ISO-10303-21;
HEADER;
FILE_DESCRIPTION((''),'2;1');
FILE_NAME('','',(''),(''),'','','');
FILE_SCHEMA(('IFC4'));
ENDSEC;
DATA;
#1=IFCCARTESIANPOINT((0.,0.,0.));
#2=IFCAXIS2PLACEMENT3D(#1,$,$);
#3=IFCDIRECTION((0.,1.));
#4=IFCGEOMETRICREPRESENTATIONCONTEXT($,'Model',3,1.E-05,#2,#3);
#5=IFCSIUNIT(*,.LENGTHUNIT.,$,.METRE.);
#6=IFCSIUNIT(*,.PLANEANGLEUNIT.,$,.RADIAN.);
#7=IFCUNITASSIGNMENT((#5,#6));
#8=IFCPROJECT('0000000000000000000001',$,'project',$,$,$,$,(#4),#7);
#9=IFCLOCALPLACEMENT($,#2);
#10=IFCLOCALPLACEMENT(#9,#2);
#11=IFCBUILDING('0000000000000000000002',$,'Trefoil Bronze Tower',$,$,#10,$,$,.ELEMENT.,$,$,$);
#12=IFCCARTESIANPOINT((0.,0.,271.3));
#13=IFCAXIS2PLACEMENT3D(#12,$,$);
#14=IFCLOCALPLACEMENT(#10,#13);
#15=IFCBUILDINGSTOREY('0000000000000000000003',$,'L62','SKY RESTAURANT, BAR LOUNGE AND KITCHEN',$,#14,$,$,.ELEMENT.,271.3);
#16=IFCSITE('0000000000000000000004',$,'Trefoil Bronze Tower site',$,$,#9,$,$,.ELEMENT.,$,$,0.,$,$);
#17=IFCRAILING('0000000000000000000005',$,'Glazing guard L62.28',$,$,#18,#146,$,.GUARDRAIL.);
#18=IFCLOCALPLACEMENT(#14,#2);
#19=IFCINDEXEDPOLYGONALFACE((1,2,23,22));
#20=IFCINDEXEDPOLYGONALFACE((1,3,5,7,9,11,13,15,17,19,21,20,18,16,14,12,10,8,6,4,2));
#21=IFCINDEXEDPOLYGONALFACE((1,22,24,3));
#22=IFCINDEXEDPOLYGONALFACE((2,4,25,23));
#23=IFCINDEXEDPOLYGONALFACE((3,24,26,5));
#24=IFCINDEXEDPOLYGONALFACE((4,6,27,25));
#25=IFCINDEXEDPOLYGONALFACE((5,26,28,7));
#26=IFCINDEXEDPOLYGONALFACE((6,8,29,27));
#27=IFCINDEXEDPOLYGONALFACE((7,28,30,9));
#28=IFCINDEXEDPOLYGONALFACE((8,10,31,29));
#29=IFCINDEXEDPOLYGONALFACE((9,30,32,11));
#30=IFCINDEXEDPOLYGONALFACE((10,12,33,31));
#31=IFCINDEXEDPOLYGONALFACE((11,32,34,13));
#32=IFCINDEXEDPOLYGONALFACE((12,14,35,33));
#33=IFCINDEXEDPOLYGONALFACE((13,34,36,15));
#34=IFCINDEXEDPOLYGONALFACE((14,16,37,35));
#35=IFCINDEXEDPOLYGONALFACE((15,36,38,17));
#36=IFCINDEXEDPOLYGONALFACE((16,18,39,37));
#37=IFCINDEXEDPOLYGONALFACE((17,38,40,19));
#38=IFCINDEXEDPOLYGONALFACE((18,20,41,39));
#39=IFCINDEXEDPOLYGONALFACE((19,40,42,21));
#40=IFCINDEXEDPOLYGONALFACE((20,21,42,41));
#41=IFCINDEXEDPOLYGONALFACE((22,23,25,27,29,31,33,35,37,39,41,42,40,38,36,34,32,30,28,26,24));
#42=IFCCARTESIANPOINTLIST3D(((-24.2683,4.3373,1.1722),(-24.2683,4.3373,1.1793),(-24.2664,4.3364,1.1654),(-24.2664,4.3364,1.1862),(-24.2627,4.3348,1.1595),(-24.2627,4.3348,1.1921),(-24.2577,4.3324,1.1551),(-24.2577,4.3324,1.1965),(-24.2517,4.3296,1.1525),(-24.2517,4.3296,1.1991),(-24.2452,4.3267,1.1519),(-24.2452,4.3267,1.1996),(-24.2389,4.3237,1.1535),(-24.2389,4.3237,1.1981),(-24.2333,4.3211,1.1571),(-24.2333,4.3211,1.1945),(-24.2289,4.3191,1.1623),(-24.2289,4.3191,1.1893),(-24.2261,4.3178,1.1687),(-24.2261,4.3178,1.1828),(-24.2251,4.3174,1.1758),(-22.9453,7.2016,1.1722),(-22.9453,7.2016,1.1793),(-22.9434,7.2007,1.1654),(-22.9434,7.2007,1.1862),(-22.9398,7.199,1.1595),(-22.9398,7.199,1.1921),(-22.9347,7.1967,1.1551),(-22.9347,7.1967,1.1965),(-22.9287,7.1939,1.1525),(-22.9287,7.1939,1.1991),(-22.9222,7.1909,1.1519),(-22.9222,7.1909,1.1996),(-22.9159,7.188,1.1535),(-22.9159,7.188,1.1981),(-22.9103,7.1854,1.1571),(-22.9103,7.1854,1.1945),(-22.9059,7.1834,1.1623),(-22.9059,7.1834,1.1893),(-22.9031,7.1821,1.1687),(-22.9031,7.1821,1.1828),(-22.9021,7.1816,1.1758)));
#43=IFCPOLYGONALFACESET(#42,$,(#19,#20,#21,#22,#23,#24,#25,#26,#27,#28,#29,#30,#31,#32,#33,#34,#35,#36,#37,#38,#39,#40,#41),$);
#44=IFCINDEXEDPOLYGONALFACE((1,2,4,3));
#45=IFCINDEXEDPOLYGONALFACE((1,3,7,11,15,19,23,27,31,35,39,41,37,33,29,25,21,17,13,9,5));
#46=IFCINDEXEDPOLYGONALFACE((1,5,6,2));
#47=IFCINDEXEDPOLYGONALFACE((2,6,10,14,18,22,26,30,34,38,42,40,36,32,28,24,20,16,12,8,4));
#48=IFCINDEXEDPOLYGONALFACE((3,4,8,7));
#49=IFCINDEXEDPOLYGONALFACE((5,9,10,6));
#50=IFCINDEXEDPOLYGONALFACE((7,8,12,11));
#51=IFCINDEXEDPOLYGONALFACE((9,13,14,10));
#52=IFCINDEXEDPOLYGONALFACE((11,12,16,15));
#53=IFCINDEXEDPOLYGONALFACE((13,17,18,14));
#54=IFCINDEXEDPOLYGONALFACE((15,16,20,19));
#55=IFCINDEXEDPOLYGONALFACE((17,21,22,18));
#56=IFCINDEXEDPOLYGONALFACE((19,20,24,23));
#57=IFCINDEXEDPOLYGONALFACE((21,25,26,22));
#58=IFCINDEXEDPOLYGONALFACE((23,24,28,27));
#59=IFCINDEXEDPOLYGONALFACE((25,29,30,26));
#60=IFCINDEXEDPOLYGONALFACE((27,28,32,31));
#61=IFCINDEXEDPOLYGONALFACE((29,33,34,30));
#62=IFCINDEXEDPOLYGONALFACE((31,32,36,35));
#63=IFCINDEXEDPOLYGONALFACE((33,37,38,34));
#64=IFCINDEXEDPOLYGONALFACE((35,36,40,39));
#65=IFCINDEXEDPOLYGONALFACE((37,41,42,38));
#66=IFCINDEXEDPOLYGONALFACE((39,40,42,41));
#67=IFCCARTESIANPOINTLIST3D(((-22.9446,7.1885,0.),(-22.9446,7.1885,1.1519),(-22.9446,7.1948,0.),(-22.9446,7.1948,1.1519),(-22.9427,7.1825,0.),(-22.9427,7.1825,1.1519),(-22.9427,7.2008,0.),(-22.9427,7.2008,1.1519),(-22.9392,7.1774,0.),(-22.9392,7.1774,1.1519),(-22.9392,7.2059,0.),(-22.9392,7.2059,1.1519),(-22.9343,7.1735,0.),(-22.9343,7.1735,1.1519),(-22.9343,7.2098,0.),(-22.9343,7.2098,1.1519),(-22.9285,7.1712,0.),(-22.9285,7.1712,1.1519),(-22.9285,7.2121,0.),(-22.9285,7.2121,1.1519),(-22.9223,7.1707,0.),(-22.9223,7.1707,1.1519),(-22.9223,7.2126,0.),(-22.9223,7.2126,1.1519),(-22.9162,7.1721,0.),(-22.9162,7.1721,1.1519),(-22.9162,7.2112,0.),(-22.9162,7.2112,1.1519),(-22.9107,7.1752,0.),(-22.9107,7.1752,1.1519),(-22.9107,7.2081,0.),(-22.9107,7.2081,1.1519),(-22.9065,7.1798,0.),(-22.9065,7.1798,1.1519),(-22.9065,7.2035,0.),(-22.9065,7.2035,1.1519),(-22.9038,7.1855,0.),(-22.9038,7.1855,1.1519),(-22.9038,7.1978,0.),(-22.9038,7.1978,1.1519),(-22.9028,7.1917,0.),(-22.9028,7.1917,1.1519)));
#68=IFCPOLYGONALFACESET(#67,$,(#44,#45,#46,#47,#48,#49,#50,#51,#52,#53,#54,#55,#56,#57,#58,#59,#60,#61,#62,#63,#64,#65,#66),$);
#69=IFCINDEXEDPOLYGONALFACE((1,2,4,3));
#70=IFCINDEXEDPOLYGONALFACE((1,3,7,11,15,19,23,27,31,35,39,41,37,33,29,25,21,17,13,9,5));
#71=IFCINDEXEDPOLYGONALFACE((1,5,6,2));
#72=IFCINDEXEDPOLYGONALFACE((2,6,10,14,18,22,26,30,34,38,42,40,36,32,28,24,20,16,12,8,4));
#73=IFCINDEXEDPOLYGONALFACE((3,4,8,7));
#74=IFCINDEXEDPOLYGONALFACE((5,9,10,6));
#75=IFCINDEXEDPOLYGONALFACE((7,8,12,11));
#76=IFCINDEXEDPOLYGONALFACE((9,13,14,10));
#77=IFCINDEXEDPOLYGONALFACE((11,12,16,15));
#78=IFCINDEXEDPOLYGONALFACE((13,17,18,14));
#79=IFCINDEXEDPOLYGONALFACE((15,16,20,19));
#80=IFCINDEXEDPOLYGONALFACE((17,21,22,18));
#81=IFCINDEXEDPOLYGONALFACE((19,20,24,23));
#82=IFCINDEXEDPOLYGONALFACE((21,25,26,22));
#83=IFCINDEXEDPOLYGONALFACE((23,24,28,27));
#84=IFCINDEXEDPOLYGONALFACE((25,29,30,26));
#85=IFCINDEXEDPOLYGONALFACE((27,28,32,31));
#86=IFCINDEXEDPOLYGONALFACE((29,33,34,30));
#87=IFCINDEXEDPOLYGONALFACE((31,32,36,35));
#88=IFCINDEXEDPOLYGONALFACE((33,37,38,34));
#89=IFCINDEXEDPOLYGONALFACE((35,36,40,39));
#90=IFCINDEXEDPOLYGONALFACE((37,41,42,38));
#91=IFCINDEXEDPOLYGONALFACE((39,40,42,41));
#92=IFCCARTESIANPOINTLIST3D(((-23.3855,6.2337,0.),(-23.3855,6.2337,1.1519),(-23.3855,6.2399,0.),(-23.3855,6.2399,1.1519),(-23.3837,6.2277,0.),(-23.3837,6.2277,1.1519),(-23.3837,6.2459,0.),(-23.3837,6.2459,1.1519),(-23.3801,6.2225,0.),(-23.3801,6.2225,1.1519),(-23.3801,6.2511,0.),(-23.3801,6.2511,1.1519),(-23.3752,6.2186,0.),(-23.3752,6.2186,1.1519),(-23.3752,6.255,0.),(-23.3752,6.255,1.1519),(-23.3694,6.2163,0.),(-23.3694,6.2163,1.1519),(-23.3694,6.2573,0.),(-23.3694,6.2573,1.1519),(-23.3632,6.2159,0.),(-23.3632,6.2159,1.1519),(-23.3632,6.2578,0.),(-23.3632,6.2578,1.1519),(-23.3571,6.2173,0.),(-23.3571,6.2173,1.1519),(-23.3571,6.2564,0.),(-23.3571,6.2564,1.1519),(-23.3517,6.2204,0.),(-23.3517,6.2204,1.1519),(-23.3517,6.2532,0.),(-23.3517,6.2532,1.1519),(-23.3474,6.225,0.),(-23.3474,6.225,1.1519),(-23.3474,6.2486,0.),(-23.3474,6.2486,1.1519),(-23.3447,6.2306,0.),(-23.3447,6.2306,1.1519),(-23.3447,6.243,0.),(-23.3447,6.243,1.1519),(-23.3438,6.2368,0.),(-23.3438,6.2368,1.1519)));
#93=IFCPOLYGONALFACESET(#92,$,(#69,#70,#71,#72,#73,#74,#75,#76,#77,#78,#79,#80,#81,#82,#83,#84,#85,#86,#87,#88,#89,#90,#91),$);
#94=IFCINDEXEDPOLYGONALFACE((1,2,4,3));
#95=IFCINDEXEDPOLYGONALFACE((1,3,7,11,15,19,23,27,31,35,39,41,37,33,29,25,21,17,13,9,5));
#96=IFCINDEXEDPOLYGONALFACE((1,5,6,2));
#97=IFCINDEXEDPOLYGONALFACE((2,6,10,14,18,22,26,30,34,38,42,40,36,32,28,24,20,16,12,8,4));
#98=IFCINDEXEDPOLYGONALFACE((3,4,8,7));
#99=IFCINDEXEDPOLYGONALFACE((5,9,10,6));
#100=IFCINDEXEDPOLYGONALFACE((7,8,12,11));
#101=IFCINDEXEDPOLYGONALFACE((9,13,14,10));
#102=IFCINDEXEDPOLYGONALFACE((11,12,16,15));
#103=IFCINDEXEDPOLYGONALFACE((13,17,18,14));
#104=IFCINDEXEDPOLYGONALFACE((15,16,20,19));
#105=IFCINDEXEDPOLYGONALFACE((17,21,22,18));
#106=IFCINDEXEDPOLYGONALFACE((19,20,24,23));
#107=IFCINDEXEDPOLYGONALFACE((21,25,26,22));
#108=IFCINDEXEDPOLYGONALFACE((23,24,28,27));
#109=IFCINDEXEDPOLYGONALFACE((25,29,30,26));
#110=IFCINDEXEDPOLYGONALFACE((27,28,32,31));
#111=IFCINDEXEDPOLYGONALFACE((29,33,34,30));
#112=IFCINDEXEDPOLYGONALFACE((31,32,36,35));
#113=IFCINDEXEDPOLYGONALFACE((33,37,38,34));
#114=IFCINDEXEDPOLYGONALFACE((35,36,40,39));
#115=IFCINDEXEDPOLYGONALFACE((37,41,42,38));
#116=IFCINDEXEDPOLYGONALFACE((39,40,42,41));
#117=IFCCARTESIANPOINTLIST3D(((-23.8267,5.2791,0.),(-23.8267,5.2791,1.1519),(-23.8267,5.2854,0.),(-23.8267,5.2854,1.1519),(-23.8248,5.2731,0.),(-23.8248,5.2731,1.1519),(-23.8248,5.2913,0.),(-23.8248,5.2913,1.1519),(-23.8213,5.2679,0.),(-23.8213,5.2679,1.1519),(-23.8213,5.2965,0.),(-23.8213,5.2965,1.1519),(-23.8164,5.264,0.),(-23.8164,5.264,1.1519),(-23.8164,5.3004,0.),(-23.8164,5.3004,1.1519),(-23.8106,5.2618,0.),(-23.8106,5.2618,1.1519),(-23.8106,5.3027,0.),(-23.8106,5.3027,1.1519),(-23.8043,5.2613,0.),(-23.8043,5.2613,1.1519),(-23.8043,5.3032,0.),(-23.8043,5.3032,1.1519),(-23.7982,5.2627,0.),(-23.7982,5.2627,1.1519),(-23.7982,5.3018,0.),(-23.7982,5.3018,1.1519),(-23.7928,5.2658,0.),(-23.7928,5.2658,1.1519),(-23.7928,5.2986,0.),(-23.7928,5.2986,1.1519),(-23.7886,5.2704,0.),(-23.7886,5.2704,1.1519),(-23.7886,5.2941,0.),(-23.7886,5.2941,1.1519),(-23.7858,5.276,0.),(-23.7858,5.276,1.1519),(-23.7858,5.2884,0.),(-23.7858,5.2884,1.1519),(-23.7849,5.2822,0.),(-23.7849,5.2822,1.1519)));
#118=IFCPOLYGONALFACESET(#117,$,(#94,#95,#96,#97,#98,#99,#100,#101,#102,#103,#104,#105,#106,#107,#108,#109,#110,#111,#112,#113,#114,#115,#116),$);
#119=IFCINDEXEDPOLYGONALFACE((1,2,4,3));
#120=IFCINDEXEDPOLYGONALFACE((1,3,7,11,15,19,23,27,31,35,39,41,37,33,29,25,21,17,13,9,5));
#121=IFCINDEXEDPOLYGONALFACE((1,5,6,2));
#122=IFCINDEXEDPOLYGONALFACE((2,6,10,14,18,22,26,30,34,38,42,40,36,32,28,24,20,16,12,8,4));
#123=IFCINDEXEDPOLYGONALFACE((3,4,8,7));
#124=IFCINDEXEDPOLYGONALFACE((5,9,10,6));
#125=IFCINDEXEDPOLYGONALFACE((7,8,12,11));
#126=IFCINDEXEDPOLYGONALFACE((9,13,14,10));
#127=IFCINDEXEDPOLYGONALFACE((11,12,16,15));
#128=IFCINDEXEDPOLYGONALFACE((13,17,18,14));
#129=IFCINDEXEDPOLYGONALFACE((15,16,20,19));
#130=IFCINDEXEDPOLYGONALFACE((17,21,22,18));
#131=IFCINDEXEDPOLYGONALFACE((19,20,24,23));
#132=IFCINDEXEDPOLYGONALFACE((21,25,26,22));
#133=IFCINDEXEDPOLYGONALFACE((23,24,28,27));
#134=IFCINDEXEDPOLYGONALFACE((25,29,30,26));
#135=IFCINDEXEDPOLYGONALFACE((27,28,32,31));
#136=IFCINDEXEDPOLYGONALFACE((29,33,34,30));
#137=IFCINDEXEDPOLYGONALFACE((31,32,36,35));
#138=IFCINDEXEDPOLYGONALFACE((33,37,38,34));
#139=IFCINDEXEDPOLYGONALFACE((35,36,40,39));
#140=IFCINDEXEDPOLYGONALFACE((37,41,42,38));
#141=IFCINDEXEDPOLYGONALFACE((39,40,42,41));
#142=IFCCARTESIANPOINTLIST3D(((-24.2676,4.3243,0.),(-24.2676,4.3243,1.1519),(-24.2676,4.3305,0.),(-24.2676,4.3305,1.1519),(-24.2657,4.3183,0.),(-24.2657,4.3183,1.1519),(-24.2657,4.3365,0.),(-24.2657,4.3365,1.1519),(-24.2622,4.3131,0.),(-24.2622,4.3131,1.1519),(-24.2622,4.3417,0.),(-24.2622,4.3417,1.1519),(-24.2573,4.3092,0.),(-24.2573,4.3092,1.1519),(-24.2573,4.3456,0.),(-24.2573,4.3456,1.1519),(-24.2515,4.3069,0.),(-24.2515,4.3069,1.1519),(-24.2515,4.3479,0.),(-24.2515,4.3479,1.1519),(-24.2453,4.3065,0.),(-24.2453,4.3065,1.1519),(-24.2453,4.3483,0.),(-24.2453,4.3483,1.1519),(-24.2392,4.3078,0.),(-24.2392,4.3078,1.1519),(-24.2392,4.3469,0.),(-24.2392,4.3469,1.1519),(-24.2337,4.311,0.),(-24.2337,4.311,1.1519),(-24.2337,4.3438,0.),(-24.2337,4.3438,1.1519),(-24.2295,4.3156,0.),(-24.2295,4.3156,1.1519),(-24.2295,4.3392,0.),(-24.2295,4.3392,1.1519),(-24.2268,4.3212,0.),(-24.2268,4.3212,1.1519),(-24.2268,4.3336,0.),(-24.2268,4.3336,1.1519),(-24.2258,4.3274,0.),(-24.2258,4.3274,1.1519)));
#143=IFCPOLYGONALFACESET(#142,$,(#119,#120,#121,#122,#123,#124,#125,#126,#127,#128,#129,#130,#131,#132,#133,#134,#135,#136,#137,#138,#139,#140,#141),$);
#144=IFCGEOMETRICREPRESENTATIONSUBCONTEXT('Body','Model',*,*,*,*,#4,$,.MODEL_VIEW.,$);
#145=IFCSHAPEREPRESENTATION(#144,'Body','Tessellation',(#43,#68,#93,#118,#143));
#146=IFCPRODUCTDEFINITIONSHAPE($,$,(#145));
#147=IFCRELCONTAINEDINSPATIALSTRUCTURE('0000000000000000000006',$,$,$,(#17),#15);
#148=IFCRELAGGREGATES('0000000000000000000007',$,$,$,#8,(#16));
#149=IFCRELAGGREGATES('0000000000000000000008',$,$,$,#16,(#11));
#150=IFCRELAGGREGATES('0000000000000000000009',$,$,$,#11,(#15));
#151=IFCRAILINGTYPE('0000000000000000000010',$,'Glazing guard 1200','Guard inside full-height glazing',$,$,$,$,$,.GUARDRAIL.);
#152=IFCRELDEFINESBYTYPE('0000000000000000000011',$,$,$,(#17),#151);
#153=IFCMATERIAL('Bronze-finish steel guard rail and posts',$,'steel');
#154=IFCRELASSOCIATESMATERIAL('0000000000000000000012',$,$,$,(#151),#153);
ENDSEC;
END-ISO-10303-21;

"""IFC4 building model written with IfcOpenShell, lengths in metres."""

from ifc_helpers import new_model, si_unit, direction, frame, origin, origin_2d, place, context, subcontext, project, spatial, circle, extrude, material, type_object, element, save


model = new_model("IFC4")

# Units and contexts
model_context = context("Model", 3, precision=1e-05, world=origin(), true_north=direction((0.0, 1.0)))
body_context = subcontext(model_context, "Body", "Model", "MODEL_VIEW")
ifc_project = project(units=[si_unit("LENGTHUNIT", "METRE"), si_unit("PLANEANGLEUNIT", "RADIAN")], contexts=[model_context])

# Site, building, storey
site_placement = place(None, origin())
site = spatial("IfcSite", under=ifc_project, at=site_placement, Name="Trefoil Bronze Tower site", CompositionType="ELEMENT", RefElevation=0.0)
building_placement = place(site_placement, origin())
building = spatial("IfcBuilding", under=site, at=building_placement, Name="Trefoil Bronze Tower", CompositionType="ELEMENT")
storey_placement = place(building_placement, frame((0.0, 0.0, 271.3)))
storey = spatial("IfcBuildingStorey", under=building, at=storey_placement, Name="L62", Description="SKY RESTAURANT, BAR LOUNGE AND KITCHEN", CompositionType="ELEMENT", Elevation=271.3)

# Railing
ifc_material_1 = material(Name="Bronze-finish steel guard rail and posts", Category="steel")
railing_type = type_object("IfcRailingType", Name="Glazing guard 1200", Description="Guard inside full-height glazing", PredefinedType="GUARDRAIL", material=ifc_material_1)
railing_1_placement = place(storey_placement, frame((-22.9238, 7.1917, 0.0)))
element("IfcRailing", 1, at=railing_1_placement, inside=storey, type_object=railing_type, Name="Glazing guard L62.28", PredefinedType="GUARDRAIL", context=body_context, shape_type="SweptSolid", body=[
    extrude(circle(Radius=0.0239, at=origin_2d()), frame((0.0, 0.0, 1.1758), z_axis=(-0.419328, -0.907835, 0.0), x_axis=(0.907835, -0.419328, 0.0)), (0.0, 0.0, 1.0), 3.155),
    extrude(circle(Radius=0.021, at=origin_2d()), origin(), (0.0, 0.0, 1.0), 1.1519),
    extrude(circle(Radius=0.021, at=origin_2d()), frame((-0.4409, -0.9548, 0.0)), (0.0, 0.0, 1.0), 1.1519),
    extrude(circle(Radius=0.021, at=origin_2d()), frame((-0.8821, -1.9094, 0.0)), (0.0, 0.0, 1.0), 1.1519),
    extrude(circle(Radius=0.021, at=origin_2d()), frame((-1.323, -2.8643, 0.0)), (0.0, 0.0, 1.0), 1.1519),
])

save(model, "model.ifc")
